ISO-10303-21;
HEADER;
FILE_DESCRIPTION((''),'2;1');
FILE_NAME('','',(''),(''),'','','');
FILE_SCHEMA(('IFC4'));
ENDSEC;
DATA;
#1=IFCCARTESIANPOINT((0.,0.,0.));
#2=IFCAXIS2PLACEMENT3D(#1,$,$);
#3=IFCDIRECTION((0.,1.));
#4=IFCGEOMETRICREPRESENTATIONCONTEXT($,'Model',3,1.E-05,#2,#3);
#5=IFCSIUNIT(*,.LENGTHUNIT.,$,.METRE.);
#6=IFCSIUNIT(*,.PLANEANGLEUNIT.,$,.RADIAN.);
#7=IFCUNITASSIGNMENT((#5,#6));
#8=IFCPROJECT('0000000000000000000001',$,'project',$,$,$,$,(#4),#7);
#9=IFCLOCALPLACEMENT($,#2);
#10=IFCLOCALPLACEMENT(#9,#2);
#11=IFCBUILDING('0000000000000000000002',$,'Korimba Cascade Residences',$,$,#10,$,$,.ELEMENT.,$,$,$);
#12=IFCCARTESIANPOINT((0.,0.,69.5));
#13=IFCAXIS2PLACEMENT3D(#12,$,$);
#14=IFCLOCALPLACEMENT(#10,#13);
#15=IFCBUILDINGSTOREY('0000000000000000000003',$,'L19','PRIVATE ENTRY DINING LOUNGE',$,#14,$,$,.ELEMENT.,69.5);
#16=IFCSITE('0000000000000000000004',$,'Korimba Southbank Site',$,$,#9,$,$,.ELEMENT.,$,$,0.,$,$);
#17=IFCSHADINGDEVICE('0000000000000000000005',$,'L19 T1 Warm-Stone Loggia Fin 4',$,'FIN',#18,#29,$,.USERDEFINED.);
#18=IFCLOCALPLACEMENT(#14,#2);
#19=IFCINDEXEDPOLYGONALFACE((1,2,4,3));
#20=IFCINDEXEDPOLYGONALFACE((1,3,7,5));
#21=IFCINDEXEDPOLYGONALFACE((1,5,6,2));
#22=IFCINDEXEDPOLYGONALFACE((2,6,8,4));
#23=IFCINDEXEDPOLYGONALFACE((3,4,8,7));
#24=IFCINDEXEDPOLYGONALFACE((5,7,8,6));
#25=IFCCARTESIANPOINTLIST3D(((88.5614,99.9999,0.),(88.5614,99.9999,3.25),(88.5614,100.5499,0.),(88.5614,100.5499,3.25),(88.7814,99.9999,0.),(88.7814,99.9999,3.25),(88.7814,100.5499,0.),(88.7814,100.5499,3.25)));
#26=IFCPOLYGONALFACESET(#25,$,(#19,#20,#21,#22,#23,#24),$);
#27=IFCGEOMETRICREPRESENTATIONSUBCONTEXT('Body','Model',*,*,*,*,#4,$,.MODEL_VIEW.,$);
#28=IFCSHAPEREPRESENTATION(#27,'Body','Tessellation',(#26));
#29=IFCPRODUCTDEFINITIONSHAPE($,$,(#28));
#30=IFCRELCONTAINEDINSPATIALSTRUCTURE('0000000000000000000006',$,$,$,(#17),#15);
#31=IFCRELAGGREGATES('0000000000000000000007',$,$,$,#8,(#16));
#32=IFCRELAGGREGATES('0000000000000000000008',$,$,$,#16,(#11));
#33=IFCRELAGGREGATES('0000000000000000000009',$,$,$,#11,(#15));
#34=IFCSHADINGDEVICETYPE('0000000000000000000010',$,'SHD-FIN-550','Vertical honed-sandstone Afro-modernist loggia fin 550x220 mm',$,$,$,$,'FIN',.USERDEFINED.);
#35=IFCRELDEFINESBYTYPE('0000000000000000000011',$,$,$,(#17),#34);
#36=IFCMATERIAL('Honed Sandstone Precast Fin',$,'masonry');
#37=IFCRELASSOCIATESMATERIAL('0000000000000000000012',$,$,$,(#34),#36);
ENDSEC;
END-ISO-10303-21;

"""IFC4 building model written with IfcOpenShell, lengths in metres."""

from ifc_helpers import new_model, si_unit, direction, frame, origin, origin_2d, place, context, subcontext, project, spatial, rectangle, extrude, material, type_object, element, save


model = new_model("IFC4")

# Units and contexts
model_context = context("Model", 3, precision=1e-05, world=origin(), true_north=direction((0.0, 1.0)))
body_context = subcontext(model_context, "Body", "Model", "MODEL_VIEW")
ifc_project = project(units=[si_unit("LENGTHUNIT", "METRE"), si_unit("PLANEANGLEUNIT", "RADIAN")], contexts=[model_context])

# Site, building, storey
site_placement = place(None, origin())
site = spatial("IfcSite", under=ifc_project, at=site_placement, Name="Korimba Southbank Site", CompositionType="ELEMENT", RefElevation=0.0)
building_placement = place(site_placement, origin())
building = spatial("IfcBuilding", under=site, at=building_placement, Name="Korimba Cascade Residences", CompositionType="ELEMENT")
storey_placement = place(building_placement, frame((0.0, 0.0, 69.5)))
storey = spatial("IfcBuildingStorey", under=building, at=storey_placement, Name="L19", Description="PRIVATE ENTRY DINING LOUNGE", CompositionType="ELEMENT", Elevation=69.5)

# Shading device
ifc_material_1 = material(Name="Honed Sandstone Precast Fin", Category="masonry")
shading_device_type = type_object("IfcShadingDeviceType", Name="SHD-FIN-550", Description="Vertical honed-sandstone Afro-modernist loggia fin 550x220 mm", ElementType="FIN", PredefinedType="USERDEFINED", material=ifc_material_1)
for number, where, z_axis, x_axis, name in (
    (1, (88.6714, 100.2749, 0.0), (0.0, 0.0, 1.0), (1.0, 0.0, 0.0), "L19 T1 Warm-Stone Loggia Fin 4"),
):
    element("IfcShadingDevice", number, at=place(storey_placement, frame(where, z_axis=z_axis, x_axis=x_axis)), inside=storey, type_object=shading_device_type, Name=name, ObjectType="FIN", PredefinedType="USERDEFINED", context=body_context, shape_type="SweptSolid", body=[
        extrude(rectangle(XDim=0.22, YDim=0.55, at=origin_2d()), origin(), (0.0, 0.0, 1.0), 3.25),
    ])

save(model, "model.ifc")
